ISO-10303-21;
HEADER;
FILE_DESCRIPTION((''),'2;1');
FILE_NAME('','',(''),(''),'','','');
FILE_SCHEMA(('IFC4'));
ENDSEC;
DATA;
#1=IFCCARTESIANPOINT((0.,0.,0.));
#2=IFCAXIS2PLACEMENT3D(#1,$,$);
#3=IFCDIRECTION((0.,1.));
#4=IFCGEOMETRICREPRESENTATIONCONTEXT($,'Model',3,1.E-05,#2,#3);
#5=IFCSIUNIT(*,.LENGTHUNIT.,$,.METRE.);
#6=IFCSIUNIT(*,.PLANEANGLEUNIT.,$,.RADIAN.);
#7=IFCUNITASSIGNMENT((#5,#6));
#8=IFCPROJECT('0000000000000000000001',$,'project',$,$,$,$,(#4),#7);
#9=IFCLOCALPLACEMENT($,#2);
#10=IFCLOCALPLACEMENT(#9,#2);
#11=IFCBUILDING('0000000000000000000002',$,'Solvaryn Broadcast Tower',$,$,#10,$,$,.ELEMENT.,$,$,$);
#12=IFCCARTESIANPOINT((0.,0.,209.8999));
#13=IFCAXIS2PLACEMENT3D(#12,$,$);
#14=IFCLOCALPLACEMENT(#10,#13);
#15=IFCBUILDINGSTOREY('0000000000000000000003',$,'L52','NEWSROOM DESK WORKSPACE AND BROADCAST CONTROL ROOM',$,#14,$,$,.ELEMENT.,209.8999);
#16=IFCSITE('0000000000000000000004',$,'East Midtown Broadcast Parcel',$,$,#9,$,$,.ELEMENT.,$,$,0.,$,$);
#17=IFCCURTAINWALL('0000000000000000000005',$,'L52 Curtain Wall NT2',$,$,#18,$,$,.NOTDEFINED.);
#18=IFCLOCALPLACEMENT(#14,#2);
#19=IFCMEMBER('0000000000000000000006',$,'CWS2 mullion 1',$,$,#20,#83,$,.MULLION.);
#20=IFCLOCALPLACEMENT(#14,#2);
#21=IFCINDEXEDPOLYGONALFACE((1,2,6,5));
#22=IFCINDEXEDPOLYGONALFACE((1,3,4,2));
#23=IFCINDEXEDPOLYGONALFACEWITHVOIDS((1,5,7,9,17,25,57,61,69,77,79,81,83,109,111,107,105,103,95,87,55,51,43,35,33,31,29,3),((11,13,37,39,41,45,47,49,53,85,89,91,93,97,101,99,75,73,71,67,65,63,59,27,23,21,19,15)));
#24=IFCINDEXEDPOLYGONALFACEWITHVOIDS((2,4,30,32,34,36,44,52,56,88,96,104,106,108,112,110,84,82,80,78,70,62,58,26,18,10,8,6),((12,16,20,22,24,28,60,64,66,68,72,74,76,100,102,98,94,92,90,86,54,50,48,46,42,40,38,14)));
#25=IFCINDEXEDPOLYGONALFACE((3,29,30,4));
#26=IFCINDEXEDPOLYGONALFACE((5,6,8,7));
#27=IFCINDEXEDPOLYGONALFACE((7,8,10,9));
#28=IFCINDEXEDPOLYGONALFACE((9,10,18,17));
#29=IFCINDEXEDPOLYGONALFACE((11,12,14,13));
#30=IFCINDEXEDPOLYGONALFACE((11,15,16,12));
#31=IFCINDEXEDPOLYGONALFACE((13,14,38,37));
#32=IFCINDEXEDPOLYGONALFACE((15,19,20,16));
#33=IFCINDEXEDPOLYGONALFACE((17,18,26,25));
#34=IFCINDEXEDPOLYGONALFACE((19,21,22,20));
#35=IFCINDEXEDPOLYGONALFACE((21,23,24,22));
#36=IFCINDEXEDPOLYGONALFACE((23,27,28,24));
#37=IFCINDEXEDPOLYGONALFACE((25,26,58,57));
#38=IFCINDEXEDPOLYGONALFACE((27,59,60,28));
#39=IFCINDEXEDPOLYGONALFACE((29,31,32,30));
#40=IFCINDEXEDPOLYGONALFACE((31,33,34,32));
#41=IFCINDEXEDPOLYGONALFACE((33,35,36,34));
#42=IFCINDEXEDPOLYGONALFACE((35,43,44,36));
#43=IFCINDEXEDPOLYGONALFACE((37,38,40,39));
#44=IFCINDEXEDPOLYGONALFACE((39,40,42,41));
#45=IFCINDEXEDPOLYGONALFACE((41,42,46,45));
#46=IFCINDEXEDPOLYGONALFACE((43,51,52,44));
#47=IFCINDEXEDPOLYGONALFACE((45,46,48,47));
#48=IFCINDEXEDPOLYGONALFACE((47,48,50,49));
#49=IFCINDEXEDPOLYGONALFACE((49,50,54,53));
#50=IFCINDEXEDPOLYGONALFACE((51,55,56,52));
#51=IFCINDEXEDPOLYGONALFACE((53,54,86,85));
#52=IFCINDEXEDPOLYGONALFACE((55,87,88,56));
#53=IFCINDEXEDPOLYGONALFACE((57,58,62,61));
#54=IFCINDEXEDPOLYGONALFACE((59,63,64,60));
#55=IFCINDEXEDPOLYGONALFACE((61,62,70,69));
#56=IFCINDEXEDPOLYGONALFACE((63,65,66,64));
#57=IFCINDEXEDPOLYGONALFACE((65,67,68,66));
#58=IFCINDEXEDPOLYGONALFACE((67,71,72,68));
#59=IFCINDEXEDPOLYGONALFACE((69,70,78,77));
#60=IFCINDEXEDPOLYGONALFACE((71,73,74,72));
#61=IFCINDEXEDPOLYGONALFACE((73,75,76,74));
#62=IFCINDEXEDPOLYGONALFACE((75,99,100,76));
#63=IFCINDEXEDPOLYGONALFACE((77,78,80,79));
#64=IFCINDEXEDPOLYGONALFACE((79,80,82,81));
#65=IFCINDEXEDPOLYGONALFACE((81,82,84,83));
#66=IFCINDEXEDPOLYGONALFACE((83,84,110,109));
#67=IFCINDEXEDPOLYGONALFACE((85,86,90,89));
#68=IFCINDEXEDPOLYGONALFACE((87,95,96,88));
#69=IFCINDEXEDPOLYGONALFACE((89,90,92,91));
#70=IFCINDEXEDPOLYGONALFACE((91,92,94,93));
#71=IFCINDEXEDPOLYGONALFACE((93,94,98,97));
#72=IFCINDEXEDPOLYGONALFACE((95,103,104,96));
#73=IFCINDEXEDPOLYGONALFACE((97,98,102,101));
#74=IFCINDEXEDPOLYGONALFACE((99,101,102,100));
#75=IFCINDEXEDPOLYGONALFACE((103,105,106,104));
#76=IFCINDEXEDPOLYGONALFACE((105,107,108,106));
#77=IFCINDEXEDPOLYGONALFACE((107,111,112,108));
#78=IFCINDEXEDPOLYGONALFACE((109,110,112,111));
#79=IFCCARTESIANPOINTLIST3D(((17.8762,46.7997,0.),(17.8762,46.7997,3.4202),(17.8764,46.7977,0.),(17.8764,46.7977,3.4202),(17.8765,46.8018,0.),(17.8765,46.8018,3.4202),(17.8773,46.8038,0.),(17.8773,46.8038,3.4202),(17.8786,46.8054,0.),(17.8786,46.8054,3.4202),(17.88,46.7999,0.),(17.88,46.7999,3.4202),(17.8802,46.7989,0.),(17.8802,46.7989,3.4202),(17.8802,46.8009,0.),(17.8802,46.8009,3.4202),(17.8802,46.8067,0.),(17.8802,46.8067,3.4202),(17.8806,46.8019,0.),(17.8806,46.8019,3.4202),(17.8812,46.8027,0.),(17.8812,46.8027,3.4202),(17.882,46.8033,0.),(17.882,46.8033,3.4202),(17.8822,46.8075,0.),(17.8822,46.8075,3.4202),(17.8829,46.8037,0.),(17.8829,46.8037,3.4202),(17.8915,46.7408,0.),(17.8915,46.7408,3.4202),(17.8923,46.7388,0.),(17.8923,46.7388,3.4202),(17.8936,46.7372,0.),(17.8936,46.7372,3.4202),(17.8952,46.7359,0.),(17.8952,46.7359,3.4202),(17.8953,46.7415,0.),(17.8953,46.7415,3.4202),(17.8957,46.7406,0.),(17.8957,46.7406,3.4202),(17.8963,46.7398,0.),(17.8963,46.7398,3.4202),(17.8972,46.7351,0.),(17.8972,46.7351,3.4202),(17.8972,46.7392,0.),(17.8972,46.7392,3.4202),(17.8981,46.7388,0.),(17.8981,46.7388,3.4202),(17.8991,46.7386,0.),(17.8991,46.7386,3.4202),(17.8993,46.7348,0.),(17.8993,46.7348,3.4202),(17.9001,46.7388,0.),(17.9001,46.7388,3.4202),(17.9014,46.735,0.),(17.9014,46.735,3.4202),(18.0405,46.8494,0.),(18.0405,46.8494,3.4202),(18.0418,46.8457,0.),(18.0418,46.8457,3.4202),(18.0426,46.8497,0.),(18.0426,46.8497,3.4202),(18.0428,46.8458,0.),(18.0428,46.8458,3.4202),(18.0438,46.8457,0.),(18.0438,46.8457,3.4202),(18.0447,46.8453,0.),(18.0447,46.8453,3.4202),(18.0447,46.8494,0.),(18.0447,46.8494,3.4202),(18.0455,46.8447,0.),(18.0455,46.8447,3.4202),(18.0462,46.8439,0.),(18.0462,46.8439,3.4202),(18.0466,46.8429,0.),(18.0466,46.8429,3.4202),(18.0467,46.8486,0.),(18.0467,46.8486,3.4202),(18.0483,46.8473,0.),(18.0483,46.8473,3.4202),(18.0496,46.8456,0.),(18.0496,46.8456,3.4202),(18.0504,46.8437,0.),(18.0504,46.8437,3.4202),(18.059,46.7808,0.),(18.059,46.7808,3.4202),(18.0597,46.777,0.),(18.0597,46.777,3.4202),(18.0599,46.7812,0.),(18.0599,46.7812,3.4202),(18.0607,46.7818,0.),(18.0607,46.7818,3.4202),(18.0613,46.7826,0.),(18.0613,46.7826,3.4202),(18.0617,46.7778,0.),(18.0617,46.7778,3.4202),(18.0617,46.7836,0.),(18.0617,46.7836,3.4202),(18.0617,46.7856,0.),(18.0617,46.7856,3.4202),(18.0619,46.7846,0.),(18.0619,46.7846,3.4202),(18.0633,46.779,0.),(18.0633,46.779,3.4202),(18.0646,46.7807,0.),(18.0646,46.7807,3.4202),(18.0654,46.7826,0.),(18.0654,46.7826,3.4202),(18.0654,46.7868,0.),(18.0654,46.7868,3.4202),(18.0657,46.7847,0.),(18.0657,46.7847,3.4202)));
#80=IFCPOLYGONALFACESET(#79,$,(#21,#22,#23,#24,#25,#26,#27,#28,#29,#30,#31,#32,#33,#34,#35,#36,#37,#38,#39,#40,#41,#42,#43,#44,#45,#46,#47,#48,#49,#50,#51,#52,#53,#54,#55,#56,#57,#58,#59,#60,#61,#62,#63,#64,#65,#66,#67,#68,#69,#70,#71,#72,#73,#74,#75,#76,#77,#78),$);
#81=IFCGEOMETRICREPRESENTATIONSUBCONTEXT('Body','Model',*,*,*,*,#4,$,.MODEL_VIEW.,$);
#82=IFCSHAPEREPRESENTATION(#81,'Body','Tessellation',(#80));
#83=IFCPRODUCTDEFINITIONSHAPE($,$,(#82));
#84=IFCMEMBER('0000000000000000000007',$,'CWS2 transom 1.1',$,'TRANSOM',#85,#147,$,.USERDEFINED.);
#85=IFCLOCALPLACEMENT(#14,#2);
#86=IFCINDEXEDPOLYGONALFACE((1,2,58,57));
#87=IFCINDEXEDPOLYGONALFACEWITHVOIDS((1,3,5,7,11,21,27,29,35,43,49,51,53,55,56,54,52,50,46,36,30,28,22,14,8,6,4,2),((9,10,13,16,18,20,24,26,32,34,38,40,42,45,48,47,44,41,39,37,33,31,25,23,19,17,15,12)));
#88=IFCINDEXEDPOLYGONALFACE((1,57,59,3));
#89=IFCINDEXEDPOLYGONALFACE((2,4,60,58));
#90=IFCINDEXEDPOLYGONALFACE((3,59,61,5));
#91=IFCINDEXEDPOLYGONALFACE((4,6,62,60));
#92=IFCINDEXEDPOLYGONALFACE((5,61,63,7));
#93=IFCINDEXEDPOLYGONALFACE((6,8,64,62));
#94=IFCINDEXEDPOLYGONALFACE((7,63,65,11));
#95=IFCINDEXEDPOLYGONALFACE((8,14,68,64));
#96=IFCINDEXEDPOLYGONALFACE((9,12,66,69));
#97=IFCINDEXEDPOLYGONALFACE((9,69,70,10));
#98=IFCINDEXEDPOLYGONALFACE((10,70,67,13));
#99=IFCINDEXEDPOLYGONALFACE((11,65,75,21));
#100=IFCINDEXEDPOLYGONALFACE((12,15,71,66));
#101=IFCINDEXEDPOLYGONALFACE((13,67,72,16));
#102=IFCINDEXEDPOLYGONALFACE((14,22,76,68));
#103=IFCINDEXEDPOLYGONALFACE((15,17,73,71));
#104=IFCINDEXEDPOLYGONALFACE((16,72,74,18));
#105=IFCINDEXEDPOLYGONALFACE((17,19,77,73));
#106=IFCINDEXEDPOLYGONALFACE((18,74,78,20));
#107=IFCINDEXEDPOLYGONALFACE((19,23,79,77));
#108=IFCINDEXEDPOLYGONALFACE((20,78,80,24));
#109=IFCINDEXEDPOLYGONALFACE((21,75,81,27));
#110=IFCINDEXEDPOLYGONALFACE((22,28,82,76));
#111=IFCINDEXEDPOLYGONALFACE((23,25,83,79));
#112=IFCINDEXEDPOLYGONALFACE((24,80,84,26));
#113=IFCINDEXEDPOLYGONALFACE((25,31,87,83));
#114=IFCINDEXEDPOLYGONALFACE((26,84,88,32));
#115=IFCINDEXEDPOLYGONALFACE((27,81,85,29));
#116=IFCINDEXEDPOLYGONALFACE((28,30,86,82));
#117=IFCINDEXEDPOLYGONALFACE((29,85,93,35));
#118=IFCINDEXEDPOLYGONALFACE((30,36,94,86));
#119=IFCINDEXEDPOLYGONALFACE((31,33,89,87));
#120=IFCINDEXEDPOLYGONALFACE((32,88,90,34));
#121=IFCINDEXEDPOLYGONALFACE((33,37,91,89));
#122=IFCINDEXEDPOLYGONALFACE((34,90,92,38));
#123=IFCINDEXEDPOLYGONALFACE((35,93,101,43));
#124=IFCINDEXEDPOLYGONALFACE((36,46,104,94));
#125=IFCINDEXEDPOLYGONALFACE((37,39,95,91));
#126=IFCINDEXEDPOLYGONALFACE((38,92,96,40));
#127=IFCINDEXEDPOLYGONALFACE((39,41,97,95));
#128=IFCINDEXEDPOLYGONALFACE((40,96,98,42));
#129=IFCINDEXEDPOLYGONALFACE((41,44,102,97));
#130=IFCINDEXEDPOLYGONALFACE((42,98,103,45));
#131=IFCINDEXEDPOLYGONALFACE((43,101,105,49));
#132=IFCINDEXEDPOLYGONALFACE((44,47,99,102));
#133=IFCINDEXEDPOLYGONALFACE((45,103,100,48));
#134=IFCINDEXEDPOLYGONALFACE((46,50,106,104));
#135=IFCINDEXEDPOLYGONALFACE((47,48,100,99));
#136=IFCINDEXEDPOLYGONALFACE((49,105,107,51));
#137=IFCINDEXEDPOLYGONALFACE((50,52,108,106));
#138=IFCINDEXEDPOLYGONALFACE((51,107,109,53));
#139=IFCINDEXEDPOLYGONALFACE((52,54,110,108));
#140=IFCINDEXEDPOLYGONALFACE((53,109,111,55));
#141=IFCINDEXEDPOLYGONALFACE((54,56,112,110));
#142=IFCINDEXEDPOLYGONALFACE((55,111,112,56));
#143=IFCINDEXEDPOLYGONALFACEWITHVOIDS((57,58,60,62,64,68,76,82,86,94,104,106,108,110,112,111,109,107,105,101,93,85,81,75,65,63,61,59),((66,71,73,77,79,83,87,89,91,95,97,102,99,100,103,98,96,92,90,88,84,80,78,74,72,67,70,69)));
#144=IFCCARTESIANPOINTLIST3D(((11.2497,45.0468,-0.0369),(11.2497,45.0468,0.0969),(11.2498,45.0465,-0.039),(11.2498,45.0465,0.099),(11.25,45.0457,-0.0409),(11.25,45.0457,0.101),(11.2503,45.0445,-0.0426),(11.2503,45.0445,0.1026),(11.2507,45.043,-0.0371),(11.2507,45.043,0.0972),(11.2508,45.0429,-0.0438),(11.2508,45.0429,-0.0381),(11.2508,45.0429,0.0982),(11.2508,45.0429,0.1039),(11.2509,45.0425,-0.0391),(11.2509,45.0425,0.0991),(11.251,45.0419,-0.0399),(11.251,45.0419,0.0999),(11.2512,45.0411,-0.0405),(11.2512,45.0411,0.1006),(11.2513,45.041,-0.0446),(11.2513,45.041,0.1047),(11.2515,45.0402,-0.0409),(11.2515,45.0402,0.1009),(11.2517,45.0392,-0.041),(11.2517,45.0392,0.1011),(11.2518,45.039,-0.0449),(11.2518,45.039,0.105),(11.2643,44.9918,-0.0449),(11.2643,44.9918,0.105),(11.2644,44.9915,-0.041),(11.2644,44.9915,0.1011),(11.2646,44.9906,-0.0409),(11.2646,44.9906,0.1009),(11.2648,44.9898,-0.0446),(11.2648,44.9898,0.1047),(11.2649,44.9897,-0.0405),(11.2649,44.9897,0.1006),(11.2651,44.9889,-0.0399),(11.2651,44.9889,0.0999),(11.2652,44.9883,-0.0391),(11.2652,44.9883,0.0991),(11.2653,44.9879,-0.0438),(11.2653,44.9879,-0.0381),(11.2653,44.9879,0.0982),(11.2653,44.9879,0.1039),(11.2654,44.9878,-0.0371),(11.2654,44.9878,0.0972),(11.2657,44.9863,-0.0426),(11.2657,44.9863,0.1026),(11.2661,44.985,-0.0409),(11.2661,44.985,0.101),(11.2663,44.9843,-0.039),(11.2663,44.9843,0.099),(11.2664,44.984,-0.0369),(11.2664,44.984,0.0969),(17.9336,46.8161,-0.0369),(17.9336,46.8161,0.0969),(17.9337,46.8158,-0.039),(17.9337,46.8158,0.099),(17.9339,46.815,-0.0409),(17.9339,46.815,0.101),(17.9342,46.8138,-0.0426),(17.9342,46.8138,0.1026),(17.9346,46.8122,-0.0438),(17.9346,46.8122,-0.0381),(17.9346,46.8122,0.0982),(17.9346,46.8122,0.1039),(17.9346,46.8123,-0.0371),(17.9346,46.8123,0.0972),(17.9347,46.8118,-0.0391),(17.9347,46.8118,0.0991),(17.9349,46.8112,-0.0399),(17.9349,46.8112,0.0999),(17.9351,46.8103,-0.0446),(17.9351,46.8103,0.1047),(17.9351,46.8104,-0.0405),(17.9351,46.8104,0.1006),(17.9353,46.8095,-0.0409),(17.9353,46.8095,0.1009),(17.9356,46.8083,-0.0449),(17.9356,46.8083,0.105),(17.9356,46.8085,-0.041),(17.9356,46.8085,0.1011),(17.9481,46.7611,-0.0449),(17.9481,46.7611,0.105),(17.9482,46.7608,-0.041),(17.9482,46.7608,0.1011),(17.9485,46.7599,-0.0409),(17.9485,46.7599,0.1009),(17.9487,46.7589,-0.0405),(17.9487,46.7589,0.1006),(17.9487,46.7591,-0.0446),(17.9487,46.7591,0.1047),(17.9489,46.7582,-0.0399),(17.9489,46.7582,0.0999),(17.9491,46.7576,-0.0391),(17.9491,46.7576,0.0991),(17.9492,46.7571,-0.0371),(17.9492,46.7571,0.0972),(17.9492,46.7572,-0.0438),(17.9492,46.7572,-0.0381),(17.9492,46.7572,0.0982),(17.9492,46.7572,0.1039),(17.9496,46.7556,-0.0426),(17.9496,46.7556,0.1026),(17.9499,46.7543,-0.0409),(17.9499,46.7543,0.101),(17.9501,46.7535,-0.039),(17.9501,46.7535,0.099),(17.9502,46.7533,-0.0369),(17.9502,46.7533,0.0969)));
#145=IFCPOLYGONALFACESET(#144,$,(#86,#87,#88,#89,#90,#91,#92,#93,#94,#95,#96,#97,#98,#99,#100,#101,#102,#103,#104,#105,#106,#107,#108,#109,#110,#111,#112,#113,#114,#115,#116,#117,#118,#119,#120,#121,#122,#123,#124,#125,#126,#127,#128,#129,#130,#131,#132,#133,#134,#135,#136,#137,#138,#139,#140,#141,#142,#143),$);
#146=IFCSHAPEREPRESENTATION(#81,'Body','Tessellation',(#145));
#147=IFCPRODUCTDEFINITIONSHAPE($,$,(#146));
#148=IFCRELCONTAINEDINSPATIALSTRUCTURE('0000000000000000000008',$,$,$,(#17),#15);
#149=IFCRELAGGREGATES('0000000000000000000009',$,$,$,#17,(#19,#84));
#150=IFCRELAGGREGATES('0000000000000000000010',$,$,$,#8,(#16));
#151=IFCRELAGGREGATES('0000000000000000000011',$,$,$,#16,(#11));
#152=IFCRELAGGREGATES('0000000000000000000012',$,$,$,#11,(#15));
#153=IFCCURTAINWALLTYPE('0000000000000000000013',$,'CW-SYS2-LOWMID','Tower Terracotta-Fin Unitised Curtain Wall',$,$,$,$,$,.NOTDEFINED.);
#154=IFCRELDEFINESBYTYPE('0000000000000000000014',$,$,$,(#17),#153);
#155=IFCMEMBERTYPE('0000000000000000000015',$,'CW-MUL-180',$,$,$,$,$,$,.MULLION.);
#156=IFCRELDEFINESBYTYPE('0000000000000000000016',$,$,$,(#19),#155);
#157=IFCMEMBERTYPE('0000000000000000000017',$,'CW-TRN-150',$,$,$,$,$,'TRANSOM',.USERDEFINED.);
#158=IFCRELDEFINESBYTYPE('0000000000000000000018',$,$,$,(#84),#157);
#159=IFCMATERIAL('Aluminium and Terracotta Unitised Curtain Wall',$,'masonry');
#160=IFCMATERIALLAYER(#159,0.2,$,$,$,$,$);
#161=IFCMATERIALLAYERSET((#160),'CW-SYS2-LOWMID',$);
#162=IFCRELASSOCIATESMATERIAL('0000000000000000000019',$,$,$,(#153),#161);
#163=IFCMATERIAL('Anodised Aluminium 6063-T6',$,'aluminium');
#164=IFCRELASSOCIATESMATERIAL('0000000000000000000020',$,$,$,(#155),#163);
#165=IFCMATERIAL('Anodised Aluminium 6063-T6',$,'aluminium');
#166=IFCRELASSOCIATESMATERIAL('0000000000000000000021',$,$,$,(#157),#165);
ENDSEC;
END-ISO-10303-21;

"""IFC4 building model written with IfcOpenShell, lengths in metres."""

from ifc_helpers import new_model, si_unit, direction, frame, origin, origin_2d, place, context, subcontext, project, spatial, hollow_rectangle, extrude, material, layer, layer_set, material_profile, profile_set, type_object, element, aggregate, save


model = new_model("IFC4")

# Units and contexts
model_context = context("Model", 3, precision=1e-05, world=origin(), true_north=direction((0.0, 1.0)))
body_context = subcontext(model_context, "Body", "Model", "MODEL_VIEW")
ifc_project = project(units=[si_unit("LENGTHUNIT", "METRE"), si_unit("PLANEANGLEUNIT", "RADIAN")], contexts=[model_context])

# Site, building, storey
site_placement = place(None, origin())
site = spatial("IfcSite", under=ifc_project, at=site_placement, Name="East Midtown Broadcast Parcel", CompositionType="ELEMENT", RefElevation=0.0)
building_placement = place(site_placement, origin())
building = spatial("IfcBuilding", under=site, at=building_placement, Name="Solvaryn Broadcast Tower", CompositionType="ELEMENT")
storey_placement = place(building_placement, frame((0.0, 0.0, 209.8999)))
storey = spatial("IfcBuildingStorey", under=building, at=storey_placement, Name="L52", Description="NEWSROOM DESK WORKSPACE AND BROADCAST CONTROL ROOM", CompositionType="ELEMENT", Elevation=209.8999)

# Shared definitions
ifc_material_1 = material(Name="Aluminium and Terracotta Unitised Curtain Wall", Category="masonry")
ifc_layer_1 = layer(ifc_material_1, 0.2)
ifc_layer_set_1 = layer_set([ifc_layer_1], Name="CW-SYS2-LOWMID")
curtain_wall_type = type_object("IfcCurtainWallType", Name="CW-SYS2-LOWMID", Description="Tower Terracotta-Fin Unitised Curtain Wall", PredefinedType="NOTDEFINED", material=ifc_layer_set_1)
ifc_material_2 = material(Name="Anodised Aluminium 6063-T6", Category="aluminium")
ifc_material_profile_1 = material_profile(ifc_material_2, hollow_rectangle(XDim=0.075, YDim=0.1799, WallThickness=0.0039, InnerFilletRadius=0.0039, OuterFilletRadius=0.0081, at=origin_2d()))
ifc_profile_set_1 = profile_set([ifc_material_profile_1], Name="Anodised Aluminium 6063-T6")
member_type_1 = type_object("IfcMemberType", Name="CW-MUL-180", PredefinedType="MULLION", material=ifc_profile_set_1)

# Curtain wall, members
curtain_wall_1_placement = place(storey_placement, origin())
curtain_wall_1 = element("IfcCurtainWall", 1, at=curtain_wall_1_placement, inside=storey, type_object=curtain_wall_type, Name="L52 Curtain Wall NT2", PredefinedType="NOTDEFINED")
member_1_placement = place(storey_placement, frame((17.9709, 46.7922, 0.0), z_axis=(0.0, 0.0, 1.0), x_axis=(0.255893, -0.966705, 0.0)))
member_1 = element("IfcMember", 2, at=member_1_placement, type_object=member_type_1, Name="CWS2 mullion 1", PredefinedType="MULLION", context=body_context, shape_type="SweptSolid", body=[
    extrude(hollow_rectangle(XDim=0.075, YDim=0.1799, WallThickness=0.0039, InnerFilletRadius=0.0039, OuterFilletRadius=0.0081, at=origin_2d()), origin(), (0.0, 0.0, 1.0), 3.4202),
])
ifc_material_3 = material(Name="Anodised Aluminium 6063-T6", Category="aluminium")
ifc_material_profile_2 = material_profile(ifc_material_3, hollow_rectangle(XDim=0.0649, YDim=0.1499, WallThickness=0.0039, InnerFilletRadius=0.0039, OuterFilletRadius=0.0081, at=origin_2d()))
ifc_profile_set_2 = profile_set([ifc_material_profile_2], Name="Anodised Aluminium 6063-T6")
member_type_2 = type_object("IfcMemberType", Name="CW-TRN-150", ElementType="TRANSOM", PredefinedType="USERDEFINED", material=ifc_profile_set_2)
member_2_placement = place(storey_placement, frame((17.9419, 46.7847, 0.03), z_axis=(-0.966704, -0.255897, 0.0), x_axis=(0.255897, -0.966704, 0.0)))
member_2 = element("IfcMember", 3, at=member_2_placement, type_object=member_type_2, Name="CWS2 transom 1.1", ObjectType="TRANSOM", PredefinedType="USERDEFINED", context=body_context, shape_type="SweptSolid", body=[
    extrude(hollow_rectangle(XDim=0.0649, YDim=0.1499, WallThickness=0.0039, InnerFilletRadius=0.0039, OuterFilletRadius=0.0081, at=origin_2d()), origin(), (0.0, 0.0, 1.0), 6.9141),
])
aggregate(curtain_wall_1, [member_1, member_2])

save(model, "model.ifc")
